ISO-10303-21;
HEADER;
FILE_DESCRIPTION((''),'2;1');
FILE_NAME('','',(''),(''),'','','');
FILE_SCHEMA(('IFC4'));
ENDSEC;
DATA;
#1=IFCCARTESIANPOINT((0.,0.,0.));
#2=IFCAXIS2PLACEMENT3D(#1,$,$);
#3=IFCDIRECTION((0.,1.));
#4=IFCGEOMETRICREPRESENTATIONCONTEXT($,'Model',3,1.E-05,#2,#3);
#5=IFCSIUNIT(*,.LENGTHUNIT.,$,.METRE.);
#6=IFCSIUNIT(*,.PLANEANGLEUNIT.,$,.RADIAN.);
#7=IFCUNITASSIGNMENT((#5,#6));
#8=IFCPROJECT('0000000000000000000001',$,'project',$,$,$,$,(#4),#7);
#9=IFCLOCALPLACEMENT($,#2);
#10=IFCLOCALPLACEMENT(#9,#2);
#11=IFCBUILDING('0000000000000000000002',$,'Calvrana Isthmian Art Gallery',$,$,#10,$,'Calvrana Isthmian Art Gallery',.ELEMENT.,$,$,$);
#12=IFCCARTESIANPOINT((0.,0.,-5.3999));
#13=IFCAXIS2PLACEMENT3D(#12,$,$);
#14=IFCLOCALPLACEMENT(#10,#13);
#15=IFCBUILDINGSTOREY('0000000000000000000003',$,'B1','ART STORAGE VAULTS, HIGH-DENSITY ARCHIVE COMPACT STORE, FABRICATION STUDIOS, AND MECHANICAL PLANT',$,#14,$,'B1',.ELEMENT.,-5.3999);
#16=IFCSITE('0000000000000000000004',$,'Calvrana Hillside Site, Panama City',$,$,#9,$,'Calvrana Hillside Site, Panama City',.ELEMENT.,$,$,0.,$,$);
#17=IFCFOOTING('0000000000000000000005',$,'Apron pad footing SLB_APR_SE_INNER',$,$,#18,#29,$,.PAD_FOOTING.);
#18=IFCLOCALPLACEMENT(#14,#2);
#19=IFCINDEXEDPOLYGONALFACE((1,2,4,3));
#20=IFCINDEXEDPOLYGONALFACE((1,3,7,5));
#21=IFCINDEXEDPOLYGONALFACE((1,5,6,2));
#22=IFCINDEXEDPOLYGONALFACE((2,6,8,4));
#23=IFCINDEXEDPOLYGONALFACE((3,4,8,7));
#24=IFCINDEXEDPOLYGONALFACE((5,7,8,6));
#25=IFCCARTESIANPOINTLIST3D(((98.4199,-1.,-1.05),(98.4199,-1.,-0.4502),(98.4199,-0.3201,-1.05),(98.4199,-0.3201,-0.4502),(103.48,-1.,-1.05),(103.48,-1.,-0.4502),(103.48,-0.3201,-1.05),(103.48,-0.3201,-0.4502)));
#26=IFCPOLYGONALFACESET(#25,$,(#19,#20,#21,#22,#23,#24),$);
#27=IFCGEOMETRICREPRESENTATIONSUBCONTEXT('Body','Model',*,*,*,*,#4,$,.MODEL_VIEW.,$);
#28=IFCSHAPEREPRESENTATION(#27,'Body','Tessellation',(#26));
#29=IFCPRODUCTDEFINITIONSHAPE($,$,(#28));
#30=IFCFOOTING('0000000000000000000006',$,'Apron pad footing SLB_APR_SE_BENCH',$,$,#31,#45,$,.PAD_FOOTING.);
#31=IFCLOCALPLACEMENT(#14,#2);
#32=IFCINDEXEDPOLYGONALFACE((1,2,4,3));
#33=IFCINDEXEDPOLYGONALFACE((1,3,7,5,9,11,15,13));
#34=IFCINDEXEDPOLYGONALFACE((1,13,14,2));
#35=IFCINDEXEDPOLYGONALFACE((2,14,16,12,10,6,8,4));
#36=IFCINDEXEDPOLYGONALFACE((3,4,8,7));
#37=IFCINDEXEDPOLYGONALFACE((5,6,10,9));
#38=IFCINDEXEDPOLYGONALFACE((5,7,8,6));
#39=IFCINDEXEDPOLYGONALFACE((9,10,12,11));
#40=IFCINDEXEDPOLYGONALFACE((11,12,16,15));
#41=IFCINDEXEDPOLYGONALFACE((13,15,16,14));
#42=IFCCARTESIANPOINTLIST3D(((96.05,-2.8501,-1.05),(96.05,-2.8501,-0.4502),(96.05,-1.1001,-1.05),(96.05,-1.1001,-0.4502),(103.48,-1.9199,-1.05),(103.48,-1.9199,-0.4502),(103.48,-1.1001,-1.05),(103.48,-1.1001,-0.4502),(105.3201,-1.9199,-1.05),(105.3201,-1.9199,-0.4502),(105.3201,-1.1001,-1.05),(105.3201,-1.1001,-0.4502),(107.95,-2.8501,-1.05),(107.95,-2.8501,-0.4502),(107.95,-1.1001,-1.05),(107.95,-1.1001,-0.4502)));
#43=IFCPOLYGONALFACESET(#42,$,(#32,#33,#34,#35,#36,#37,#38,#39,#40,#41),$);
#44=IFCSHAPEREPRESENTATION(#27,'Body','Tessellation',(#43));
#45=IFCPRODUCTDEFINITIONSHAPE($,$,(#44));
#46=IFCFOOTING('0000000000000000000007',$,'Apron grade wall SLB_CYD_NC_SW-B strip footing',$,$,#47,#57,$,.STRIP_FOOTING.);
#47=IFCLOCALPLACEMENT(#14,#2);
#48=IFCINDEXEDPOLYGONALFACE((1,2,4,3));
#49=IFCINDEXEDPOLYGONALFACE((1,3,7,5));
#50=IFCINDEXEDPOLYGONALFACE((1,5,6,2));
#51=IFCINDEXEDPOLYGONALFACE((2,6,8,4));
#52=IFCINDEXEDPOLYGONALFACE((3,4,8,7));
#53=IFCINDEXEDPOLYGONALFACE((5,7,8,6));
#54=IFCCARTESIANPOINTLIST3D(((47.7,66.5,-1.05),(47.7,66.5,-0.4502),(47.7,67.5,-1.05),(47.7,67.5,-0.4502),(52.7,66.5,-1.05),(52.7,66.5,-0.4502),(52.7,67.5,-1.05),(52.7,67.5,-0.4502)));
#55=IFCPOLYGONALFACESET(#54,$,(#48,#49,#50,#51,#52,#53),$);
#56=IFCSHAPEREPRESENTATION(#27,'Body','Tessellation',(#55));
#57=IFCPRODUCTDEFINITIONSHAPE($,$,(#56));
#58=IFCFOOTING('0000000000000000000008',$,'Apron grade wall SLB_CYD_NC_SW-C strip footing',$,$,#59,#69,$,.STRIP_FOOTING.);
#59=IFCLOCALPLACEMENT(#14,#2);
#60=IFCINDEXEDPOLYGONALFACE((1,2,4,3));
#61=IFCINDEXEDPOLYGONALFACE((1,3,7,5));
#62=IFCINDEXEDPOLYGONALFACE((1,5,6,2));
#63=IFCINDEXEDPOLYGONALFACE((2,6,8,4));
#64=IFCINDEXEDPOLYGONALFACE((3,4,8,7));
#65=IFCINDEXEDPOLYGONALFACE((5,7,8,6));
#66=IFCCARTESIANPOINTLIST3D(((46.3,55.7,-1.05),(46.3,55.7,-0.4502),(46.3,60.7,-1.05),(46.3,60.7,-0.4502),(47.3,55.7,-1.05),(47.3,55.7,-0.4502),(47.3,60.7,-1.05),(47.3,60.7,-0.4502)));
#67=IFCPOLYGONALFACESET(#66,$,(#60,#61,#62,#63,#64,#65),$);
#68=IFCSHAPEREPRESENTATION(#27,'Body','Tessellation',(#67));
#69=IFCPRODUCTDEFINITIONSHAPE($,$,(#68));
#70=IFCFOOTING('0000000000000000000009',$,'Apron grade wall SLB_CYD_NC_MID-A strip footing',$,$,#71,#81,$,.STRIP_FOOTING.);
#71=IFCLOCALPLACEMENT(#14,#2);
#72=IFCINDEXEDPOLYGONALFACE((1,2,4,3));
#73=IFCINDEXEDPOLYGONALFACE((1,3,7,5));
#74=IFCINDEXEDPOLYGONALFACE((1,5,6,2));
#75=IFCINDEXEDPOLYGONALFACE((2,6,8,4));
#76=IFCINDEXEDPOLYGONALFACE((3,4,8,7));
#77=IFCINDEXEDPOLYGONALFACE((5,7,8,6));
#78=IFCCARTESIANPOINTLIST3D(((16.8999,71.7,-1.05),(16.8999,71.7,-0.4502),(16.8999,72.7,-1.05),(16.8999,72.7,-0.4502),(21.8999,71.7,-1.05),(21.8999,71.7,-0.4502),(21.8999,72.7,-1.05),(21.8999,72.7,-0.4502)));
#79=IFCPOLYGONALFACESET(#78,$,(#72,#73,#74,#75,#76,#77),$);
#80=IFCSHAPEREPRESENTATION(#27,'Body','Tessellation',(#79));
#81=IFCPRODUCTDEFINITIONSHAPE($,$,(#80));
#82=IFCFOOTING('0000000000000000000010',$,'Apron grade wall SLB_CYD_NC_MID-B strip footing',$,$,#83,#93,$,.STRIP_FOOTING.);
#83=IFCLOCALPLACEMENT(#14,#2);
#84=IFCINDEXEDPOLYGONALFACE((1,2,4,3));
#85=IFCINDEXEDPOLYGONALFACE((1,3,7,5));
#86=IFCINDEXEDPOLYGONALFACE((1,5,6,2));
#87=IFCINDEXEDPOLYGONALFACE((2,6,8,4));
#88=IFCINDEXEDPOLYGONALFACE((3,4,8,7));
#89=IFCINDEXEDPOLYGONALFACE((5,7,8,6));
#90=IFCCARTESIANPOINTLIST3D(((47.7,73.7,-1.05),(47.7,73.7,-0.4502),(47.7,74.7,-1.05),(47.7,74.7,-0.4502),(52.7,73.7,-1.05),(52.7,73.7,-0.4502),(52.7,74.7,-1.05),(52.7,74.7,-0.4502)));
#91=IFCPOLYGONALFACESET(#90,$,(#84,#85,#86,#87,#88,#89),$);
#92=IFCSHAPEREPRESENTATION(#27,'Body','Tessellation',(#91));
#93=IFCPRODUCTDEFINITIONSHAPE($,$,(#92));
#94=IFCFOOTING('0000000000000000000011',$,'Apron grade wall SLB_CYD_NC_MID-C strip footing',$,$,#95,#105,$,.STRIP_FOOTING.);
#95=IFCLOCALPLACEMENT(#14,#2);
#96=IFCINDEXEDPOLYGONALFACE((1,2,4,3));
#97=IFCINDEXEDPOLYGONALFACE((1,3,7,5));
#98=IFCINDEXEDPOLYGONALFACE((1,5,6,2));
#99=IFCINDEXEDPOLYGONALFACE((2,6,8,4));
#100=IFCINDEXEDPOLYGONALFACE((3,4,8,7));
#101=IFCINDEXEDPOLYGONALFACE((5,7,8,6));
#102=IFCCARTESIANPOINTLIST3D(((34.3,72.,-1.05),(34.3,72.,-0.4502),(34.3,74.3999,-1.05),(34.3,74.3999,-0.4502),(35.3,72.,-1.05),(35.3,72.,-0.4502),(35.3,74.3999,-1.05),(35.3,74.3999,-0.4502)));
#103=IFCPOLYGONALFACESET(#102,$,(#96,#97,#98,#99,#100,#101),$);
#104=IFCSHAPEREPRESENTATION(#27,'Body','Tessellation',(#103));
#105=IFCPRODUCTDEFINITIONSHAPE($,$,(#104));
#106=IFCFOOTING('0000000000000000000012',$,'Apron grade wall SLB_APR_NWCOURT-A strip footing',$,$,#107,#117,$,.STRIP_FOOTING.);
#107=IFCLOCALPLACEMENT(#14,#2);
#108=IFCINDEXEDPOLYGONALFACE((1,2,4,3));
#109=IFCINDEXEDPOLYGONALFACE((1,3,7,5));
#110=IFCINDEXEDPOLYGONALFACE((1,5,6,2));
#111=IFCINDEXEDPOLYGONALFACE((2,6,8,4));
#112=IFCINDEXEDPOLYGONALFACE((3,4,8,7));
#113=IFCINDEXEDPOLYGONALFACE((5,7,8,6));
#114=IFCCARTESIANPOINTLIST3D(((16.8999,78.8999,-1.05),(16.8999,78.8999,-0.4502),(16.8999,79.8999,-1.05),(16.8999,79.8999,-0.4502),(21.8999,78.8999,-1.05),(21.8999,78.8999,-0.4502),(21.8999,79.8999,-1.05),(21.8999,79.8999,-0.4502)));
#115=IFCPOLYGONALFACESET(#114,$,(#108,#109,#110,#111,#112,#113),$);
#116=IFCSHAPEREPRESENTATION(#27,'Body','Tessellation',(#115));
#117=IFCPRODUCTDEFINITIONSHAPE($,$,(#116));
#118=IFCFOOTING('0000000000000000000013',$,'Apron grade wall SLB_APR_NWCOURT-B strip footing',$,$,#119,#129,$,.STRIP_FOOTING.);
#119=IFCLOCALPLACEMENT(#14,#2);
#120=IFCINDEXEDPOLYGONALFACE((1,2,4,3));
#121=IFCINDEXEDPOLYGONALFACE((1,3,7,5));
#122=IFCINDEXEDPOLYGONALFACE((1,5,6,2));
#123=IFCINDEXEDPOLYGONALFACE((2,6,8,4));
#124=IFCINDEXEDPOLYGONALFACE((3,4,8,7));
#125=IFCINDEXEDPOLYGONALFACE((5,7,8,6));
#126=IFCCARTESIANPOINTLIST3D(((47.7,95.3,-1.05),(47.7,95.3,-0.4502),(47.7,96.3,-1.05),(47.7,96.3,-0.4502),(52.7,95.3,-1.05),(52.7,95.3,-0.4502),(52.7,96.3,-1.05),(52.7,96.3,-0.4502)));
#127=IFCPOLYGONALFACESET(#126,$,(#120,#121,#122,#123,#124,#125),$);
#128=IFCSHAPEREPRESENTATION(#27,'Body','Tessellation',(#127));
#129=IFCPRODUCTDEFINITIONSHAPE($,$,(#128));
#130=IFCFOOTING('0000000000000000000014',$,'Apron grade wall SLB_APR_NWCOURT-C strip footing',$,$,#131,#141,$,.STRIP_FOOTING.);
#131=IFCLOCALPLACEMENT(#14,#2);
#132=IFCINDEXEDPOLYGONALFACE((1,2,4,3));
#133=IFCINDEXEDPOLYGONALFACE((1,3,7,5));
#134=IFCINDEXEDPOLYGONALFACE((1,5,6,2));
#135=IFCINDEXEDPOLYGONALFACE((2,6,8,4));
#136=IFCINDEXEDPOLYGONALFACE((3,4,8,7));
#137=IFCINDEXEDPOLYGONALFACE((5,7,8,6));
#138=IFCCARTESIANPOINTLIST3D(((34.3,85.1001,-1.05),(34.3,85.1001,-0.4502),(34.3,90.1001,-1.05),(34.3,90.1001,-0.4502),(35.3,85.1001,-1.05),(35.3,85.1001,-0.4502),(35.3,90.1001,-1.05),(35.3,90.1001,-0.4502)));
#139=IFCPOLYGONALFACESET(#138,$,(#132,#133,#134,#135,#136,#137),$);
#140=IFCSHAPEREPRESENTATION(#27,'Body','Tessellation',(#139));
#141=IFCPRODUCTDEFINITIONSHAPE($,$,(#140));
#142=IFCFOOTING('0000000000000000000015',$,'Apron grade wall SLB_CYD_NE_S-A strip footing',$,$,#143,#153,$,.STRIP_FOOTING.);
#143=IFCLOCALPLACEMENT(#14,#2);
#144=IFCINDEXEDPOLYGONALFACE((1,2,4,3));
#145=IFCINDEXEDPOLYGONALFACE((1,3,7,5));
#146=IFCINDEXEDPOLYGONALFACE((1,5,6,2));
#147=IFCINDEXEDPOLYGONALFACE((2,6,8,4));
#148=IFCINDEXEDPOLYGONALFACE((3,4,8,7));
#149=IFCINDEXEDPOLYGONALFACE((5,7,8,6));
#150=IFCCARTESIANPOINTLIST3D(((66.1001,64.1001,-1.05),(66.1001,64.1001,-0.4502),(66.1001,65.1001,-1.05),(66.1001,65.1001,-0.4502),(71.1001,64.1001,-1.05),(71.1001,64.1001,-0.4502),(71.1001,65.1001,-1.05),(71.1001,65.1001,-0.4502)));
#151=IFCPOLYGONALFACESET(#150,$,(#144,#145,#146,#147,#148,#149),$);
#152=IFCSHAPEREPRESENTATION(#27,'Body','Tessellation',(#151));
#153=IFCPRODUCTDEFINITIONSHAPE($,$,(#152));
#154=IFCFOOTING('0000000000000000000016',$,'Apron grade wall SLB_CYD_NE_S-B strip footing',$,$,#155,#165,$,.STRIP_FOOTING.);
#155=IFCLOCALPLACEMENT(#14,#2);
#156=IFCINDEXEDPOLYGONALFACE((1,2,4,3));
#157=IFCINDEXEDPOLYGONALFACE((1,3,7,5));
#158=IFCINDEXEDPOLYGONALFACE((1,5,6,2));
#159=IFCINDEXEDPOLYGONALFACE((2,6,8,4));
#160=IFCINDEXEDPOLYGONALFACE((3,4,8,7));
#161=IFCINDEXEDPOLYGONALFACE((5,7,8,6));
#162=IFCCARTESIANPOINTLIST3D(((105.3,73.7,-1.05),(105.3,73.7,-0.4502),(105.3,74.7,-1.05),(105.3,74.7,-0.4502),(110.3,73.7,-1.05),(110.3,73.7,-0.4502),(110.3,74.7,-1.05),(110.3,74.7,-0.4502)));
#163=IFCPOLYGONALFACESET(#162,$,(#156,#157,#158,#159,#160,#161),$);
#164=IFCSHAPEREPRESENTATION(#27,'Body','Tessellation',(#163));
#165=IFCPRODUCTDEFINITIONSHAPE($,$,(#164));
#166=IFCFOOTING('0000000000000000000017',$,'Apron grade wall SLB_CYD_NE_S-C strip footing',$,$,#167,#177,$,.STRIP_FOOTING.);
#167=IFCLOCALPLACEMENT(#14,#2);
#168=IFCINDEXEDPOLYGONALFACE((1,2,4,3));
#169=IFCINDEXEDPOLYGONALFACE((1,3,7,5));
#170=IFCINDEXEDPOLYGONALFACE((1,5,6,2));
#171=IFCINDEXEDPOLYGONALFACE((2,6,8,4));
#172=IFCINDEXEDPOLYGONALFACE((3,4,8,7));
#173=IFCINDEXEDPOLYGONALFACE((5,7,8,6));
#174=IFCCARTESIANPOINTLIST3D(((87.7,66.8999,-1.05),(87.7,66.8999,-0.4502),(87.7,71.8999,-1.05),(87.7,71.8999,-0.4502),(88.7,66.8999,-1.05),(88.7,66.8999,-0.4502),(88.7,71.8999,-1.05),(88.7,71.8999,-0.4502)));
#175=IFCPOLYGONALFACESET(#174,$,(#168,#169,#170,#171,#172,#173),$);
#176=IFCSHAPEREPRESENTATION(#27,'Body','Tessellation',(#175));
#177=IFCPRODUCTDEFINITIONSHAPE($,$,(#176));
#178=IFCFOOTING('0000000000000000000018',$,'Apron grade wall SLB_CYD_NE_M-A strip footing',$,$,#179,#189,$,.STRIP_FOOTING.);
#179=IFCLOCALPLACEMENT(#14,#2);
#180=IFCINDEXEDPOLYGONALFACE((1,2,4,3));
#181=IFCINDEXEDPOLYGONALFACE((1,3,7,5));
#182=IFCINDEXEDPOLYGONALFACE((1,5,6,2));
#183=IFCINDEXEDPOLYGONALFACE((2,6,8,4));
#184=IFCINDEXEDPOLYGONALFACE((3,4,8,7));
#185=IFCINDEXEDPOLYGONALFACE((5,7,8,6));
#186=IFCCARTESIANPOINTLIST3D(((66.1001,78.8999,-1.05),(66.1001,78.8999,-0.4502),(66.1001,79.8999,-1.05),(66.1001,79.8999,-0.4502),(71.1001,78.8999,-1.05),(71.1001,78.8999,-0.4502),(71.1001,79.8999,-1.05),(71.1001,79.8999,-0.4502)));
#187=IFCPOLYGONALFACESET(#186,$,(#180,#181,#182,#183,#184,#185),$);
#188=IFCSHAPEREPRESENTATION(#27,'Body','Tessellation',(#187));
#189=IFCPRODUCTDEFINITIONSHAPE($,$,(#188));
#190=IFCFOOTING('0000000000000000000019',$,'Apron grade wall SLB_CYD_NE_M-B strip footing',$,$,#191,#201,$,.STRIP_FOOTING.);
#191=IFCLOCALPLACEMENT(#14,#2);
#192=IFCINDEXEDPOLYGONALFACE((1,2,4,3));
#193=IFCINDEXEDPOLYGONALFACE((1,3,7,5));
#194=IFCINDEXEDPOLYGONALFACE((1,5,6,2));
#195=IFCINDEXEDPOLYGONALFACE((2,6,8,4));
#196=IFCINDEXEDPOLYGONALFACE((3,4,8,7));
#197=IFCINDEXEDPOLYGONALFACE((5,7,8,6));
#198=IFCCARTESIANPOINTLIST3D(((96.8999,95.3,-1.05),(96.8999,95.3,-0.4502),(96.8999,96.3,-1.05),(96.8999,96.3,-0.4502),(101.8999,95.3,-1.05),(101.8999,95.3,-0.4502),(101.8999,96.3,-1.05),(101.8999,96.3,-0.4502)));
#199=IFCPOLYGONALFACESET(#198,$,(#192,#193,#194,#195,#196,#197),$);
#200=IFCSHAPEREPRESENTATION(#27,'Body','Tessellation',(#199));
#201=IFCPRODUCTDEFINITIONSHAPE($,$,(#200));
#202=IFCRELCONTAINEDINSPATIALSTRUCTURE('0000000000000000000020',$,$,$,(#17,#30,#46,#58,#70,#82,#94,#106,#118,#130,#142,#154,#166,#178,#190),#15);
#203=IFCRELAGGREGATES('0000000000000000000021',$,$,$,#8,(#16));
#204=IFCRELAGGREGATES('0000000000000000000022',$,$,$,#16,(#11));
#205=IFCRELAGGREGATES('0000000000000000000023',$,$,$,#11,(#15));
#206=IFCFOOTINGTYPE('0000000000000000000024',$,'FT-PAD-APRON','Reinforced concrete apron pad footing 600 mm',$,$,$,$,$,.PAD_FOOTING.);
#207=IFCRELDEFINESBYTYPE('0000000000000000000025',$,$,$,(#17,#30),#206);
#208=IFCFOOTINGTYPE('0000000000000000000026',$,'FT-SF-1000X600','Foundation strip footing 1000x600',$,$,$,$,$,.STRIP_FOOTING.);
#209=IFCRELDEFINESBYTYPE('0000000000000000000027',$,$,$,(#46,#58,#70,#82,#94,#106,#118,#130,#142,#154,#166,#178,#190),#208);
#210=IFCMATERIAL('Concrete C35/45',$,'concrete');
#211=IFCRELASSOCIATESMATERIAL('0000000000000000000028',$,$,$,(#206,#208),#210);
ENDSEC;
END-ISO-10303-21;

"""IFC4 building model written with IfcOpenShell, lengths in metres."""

from ifc_helpers import new_model, si_unit, direction, frame, origin, place, context, subcontext, project, spatial, polyline, outline, extrude, material, type_object, element, save


model = new_model("IFC4")

# Units and contexts
model_context = context("Model", 3, precision=1e-05, world=origin(), true_north=direction((0.0, 1.0)))
body_context = subcontext(model_context, "Body", "Model", "MODEL_VIEW")
ifc_project = project(units=[si_unit("LENGTHUNIT", "METRE"), si_unit("PLANEANGLEUNIT", "RADIAN")], contexts=[model_context])

# Site, building, storey
site_placement = place(None, origin())
site = spatial("IfcSite", under=ifc_project, at=site_placement, Name="Calvrana Hillside Site, Panama City", LongName="Calvrana Hillside Site, Panama City", CompositionType="ELEMENT", RefElevation=0.0)
building_placement = place(site_placement, origin())
building = spatial("IfcBuilding", under=site, at=building_placement, Name="Calvrana Isthmian Art Gallery", LongName="Calvrana Isthmian Art Gallery", CompositionType="ELEMENT")
storey_placement = place(building_placement, frame((0.0, 0.0, -5.3999)))
storey = spatial("IfcBuildingStorey", under=building, at=storey_placement, Name="B1", Description="ART STORAGE VAULTS, HIGH-DENSITY ARCHIVE COMPACT STORE, FABRICATION STUDIOS, AND MECHANICAL PLANT", LongName="B1", CompositionType="ELEMENT", Elevation=-5.3999)

# Footings
ifc_material = material(Name="Concrete C35/45", Category="concrete")
footing_type_1 = type_object("IfcFootingType", Name="FT-PAD-APRON", Description="Reinforced concrete apron pad footing 600 mm", PredefinedType="PAD_FOOTING", material=ifc_material)
footing_1_placement = place(storey_placement, frame((0.0, 0.0, -1.05)))
element("IfcFooting", 1, at=footing_1_placement, inside=storey, type_object=footing_type_1, Name="Apron pad footing SLB_APR_SE_INNER", PredefinedType="PAD_FOOTING", context=body_context, shape_type="SweptSolid", body=[
    extrude(outline(polyline([(103.48, -0.3201), (103.48, -1.0), (98.4199, -1.0), (98.4199, -0.3201), (103.48, -0.3201)])), origin(), (0.0, 0.0, 1.0), 0.5999),
])
footing_2_placement = place(storey_placement, frame((0.0, 0.0, -1.05)))
element("IfcFooting", 2, at=footing_2_placement, inside=storey, type_object=footing_type_1, Name="Apron pad footing SLB_APR_SE_BENCH", PredefinedType="PAD_FOOTING", context=body_context, shape_type="SweptSolid", body=[
    extrude(outline(polyline([(107.95, -1.1001), (107.95, -2.8501), (96.05, -2.8501), (96.05, -1.1001), (103.48, -1.1001), (103.48, -1.9199), (105.3201, -1.9199), (105.3201, -1.1001), (107.95, -1.1001)])), origin(), (0.0, 0.0, 1.0), 0.5999),
])
footing_type_2 = type_object("IfcFootingType", Name="FT-SF-1000X600", Description="Foundation strip footing 1000x600", PredefinedType="STRIP_FOOTING", material=ifc_material)
footing_3_placement = place(storey_placement, frame((0.0, 0.0, -1.05)))
element("IfcFooting", 3, at=footing_3_placement, inside=storey, type_object=footing_type_2, Name="Apron grade wall SLB_CYD_NC_SW-B strip footing", PredefinedType="STRIP_FOOTING", context=body_context, shape_type="SweptSolid", body=[
    extrude(outline(polyline([(47.7, 66.5), (52.7, 66.5), (52.7, 67.5), (47.7, 67.5), (47.7, 66.5)])), origin(), (0.0, 0.0, 1.0), 0.5999),
])
footing_4_placement = place(storey_placement, frame((0.0, 0.0, -1.05)))
element("IfcFooting", 4, at=footing_4_placement, inside=storey, type_object=footing_type_2, Name="Apron grade wall SLB_CYD_NC_SW-C strip footing", PredefinedType="STRIP_FOOTING", context=body_context, shape_type="SweptSolid", body=[
    extrude(outline(polyline([(47.3, 55.7), (47.3, 60.7), (46.3, 60.7), (46.3, 55.7), (47.3, 55.7)])), origin(), (0.0, 0.0, 1.0), 0.5999),
])
footing_5_placement = place(storey_placement, frame((0.0, 0.0, -1.05)))
element("IfcFooting", 5, at=footing_5_placement, inside=storey, type_object=footing_type_2, Name="Apron grade wall SLB_CYD_NC_MID-A strip footing", PredefinedType="STRIP_FOOTING", context=body_context, shape_type="SweptSolid", body=[
    extrude(outline(polyline([(16.8999, 71.7), (21.8999, 71.7), (21.8999, 72.7), (16.8999, 72.7), (16.8999, 71.7)])), origin(), (0.0, 0.0, 1.0), 0.5999),
])
footing_6_placement = place(storey_placement, frame((0.0, 0.0, -1.05)))
element("IfcFooting", 6, at=footing_6_placement, inside=storey, type_object=footing_type_2, Name="Apron grade wall SLB_CYD_NC_MID-B strip footing", PredefinedType="STRIP_FOOTING", context=body_context, shape_type="SweptSolid", body=[
    extrude(outline(polyline([(47.7, 73.7), (52.7, 73.7), (52.7, 74.7), (47.7, 74.7), (47.7, 73.7)])), origin(), (0.0, 0.0, 1.0), 0.5999),
])
footing_7_placement = place(storey_placement, frame((0.0, 0.0, -1.05)))
element("IfcFooting", 7, at=footing_7_placement, inside=storey, type_object=footing_type_2, Name="Apron grade wall SLB_CYD_NC_MID-C strip footing", PredefinedType="STRIP_FOOTING", context=body_context, shape_type="SweptSolid", body=[
    extrude(outline(polyline([(35.3, 72.0), (35.3, 74.3999), (34.3, 74.3999), (34.3, 72.0), (35.3, 72.0)])), origin(), (0.0, 0.0, 1.0), 0.5999),
])
footing_8_placement = place(storey_placement, frame((0.0, 0.0, -1.05)))
element("IfcFooting", 8, at=footing_8_placement, inside=storey, type_object=footing_type_2, Name="Apron grade wall SLB_APR_NWCOURT-A strip footing", PredefinedType="STRIP_FOOTING", context=body_context, shape_type="SweptSolid", body=[
    extrude(outline(polyline([(16.8999, 78.8999), (21.8999, 78.8999), (21.8999, 79.8999), (16.8999, 79.8999), (16.8999, 78.8999)])), origin(), (0.0, 0.0, 1.0), 0.5999),
])
footing_9_placement = place(storey_placement, frame((0.0, 0.0, -1.05)))
element("IfcFooting", 9, at=footing_9_placement, inside=storey, type_object=footing_type_2, Name="Apron grade wall SLB_APR_NWCOURT-B strip footing", PredefinedType="STRIP_FOOTING", context=body_context, shape_type="SweptSolid", body=[
    extrude(outline(polyline([(47.7, 95.3), (52.7, 95.3), (52.7, 96.3), (47.7, 96.3), (47.7, 95.3)])), origin(), (0.0, 0.0, 1.0), 0.5999),
])
footing_10_placement = place(storey_placement, frame((0.0, 0.0, -1.05)))
element("IfcFooting", 10, at=footing_10_placement, inside=storey, type_object=footing_type_2, Name="Apron grade wall SLB_APR_NWCOURT-C strip footing", PredefinedType="STRIP_FOOTING", context=body_context, shape_type="SweptSolid", body=[
    extrude(outline(polyline([(35.3, 85.1001), (35.3, 90.1001), (34.3, 90.1001), (34.3, 85.1001), (35.3, 85.1001)])), origin(), (0.0, 0.0, 1.0), 0.5999),
])
footing_11_placement = place(storey_placement, frame((0.0, 0.0, -1.05)))
element("IfcFooting", 11, at=footing_11_placement, inside=storey, type_object=footing_type_2, Name="Apron grade wall SLB_CYD_NE_S-A strip footing", PredefinedType="STRIP_FOOTING", context=body_context, shape_type="SweptSolid", body=[
    extrude(outline(polyline([(66.1001, 64.1001), (71.1001, 64.1001), (71.1001, 65.1001), (66.1001, 65.1001), (66.1001, 64.1001)])), origin(), (0.0, 0.0, 1.0), 0.5999),
])
footing_12_placement = place(storey_placement, frame((0.0, 0.0, -1.05)))
element("IfcFooting", 12, at=footing_12_placement, inside=storey, type_object=footing_type_2, Name="Apron grade wall SLB_CYD_NE_S-B strip footing", PredefinedType="STRIP_FOOTING", context=body_context, shape_type="SweptSolid", body=[
    extrude(outline(polyline([(105.3, 73.7), (110.3, 73.7), (110.3, 74.7), (105.3, 74.7), (105.3, 73.7)])), origin(), (0.0, 0.0, 1.0), 0.5999),
])
footing_13_placement = place(storey_placement, frame((0.0, 0.0, -1.05)))
element("IfcFooting", 13, at=footing_13_placement, inside=storey, type_object=footing_type_2, Name="Apron grade wall SLB_CYD_NE_S-C strip footing", PredefinedType="STRIP_FOOTING", context=body_context, shape_type="SweptSolid", body=[
    extrude(outline(polyline([(88.7, 66.8999), (88.7, 71.8999), (87.7, 71.8999), (87.7, 66.8999), (88.7, 66.8999)])), origin(), (0.0, 0.0, 1.0), 0.5999),
])
footing_14_placement = place(storey_placement, frame((0.0, 0.0, -1.05)))
element("IfcFooting", 14, at=footing_14_placement, inside=storey, type_object=footing_type_2, Name="Apron grade wall SLB_CYD_NE_M-A strip footing", PredefinedType="STRIP_FOOTING", context=body_context, shape_type="SweptSolid", body=[
    extrude(outline(polyline([(66.1001, 78.8999), (71.1001, 78.8999), (71.1001, 79.8999), (66.1001, 79.8999), (66.1001, 78.8999)])), origin(), (0.0, 0.0, 1.0), 0.5999),
])
footing_15_placement = place(storey_placement, frame((0.0, 0.0, -1.05)))
element("IfcFooting", 15, at=footing_15_placement, inside=storey, type_object=footing_type_2, Name="Apron grade wall SLB_CYD_NE_M-B strip footing", PredefinedType="STRIP_FOOTING", context=body_context, shape_type="SweptSolid", body=[
    extrude(outline(polyline([(96.8999, 95.3), (101.8999, 95.3), (101.8999, 96.3), (96.8999, 96.3), (96.8999, 95.3)])), origin(), (0.0, 0.0, 1.0), 0.5999),
])

save(model, "model.ifc")
